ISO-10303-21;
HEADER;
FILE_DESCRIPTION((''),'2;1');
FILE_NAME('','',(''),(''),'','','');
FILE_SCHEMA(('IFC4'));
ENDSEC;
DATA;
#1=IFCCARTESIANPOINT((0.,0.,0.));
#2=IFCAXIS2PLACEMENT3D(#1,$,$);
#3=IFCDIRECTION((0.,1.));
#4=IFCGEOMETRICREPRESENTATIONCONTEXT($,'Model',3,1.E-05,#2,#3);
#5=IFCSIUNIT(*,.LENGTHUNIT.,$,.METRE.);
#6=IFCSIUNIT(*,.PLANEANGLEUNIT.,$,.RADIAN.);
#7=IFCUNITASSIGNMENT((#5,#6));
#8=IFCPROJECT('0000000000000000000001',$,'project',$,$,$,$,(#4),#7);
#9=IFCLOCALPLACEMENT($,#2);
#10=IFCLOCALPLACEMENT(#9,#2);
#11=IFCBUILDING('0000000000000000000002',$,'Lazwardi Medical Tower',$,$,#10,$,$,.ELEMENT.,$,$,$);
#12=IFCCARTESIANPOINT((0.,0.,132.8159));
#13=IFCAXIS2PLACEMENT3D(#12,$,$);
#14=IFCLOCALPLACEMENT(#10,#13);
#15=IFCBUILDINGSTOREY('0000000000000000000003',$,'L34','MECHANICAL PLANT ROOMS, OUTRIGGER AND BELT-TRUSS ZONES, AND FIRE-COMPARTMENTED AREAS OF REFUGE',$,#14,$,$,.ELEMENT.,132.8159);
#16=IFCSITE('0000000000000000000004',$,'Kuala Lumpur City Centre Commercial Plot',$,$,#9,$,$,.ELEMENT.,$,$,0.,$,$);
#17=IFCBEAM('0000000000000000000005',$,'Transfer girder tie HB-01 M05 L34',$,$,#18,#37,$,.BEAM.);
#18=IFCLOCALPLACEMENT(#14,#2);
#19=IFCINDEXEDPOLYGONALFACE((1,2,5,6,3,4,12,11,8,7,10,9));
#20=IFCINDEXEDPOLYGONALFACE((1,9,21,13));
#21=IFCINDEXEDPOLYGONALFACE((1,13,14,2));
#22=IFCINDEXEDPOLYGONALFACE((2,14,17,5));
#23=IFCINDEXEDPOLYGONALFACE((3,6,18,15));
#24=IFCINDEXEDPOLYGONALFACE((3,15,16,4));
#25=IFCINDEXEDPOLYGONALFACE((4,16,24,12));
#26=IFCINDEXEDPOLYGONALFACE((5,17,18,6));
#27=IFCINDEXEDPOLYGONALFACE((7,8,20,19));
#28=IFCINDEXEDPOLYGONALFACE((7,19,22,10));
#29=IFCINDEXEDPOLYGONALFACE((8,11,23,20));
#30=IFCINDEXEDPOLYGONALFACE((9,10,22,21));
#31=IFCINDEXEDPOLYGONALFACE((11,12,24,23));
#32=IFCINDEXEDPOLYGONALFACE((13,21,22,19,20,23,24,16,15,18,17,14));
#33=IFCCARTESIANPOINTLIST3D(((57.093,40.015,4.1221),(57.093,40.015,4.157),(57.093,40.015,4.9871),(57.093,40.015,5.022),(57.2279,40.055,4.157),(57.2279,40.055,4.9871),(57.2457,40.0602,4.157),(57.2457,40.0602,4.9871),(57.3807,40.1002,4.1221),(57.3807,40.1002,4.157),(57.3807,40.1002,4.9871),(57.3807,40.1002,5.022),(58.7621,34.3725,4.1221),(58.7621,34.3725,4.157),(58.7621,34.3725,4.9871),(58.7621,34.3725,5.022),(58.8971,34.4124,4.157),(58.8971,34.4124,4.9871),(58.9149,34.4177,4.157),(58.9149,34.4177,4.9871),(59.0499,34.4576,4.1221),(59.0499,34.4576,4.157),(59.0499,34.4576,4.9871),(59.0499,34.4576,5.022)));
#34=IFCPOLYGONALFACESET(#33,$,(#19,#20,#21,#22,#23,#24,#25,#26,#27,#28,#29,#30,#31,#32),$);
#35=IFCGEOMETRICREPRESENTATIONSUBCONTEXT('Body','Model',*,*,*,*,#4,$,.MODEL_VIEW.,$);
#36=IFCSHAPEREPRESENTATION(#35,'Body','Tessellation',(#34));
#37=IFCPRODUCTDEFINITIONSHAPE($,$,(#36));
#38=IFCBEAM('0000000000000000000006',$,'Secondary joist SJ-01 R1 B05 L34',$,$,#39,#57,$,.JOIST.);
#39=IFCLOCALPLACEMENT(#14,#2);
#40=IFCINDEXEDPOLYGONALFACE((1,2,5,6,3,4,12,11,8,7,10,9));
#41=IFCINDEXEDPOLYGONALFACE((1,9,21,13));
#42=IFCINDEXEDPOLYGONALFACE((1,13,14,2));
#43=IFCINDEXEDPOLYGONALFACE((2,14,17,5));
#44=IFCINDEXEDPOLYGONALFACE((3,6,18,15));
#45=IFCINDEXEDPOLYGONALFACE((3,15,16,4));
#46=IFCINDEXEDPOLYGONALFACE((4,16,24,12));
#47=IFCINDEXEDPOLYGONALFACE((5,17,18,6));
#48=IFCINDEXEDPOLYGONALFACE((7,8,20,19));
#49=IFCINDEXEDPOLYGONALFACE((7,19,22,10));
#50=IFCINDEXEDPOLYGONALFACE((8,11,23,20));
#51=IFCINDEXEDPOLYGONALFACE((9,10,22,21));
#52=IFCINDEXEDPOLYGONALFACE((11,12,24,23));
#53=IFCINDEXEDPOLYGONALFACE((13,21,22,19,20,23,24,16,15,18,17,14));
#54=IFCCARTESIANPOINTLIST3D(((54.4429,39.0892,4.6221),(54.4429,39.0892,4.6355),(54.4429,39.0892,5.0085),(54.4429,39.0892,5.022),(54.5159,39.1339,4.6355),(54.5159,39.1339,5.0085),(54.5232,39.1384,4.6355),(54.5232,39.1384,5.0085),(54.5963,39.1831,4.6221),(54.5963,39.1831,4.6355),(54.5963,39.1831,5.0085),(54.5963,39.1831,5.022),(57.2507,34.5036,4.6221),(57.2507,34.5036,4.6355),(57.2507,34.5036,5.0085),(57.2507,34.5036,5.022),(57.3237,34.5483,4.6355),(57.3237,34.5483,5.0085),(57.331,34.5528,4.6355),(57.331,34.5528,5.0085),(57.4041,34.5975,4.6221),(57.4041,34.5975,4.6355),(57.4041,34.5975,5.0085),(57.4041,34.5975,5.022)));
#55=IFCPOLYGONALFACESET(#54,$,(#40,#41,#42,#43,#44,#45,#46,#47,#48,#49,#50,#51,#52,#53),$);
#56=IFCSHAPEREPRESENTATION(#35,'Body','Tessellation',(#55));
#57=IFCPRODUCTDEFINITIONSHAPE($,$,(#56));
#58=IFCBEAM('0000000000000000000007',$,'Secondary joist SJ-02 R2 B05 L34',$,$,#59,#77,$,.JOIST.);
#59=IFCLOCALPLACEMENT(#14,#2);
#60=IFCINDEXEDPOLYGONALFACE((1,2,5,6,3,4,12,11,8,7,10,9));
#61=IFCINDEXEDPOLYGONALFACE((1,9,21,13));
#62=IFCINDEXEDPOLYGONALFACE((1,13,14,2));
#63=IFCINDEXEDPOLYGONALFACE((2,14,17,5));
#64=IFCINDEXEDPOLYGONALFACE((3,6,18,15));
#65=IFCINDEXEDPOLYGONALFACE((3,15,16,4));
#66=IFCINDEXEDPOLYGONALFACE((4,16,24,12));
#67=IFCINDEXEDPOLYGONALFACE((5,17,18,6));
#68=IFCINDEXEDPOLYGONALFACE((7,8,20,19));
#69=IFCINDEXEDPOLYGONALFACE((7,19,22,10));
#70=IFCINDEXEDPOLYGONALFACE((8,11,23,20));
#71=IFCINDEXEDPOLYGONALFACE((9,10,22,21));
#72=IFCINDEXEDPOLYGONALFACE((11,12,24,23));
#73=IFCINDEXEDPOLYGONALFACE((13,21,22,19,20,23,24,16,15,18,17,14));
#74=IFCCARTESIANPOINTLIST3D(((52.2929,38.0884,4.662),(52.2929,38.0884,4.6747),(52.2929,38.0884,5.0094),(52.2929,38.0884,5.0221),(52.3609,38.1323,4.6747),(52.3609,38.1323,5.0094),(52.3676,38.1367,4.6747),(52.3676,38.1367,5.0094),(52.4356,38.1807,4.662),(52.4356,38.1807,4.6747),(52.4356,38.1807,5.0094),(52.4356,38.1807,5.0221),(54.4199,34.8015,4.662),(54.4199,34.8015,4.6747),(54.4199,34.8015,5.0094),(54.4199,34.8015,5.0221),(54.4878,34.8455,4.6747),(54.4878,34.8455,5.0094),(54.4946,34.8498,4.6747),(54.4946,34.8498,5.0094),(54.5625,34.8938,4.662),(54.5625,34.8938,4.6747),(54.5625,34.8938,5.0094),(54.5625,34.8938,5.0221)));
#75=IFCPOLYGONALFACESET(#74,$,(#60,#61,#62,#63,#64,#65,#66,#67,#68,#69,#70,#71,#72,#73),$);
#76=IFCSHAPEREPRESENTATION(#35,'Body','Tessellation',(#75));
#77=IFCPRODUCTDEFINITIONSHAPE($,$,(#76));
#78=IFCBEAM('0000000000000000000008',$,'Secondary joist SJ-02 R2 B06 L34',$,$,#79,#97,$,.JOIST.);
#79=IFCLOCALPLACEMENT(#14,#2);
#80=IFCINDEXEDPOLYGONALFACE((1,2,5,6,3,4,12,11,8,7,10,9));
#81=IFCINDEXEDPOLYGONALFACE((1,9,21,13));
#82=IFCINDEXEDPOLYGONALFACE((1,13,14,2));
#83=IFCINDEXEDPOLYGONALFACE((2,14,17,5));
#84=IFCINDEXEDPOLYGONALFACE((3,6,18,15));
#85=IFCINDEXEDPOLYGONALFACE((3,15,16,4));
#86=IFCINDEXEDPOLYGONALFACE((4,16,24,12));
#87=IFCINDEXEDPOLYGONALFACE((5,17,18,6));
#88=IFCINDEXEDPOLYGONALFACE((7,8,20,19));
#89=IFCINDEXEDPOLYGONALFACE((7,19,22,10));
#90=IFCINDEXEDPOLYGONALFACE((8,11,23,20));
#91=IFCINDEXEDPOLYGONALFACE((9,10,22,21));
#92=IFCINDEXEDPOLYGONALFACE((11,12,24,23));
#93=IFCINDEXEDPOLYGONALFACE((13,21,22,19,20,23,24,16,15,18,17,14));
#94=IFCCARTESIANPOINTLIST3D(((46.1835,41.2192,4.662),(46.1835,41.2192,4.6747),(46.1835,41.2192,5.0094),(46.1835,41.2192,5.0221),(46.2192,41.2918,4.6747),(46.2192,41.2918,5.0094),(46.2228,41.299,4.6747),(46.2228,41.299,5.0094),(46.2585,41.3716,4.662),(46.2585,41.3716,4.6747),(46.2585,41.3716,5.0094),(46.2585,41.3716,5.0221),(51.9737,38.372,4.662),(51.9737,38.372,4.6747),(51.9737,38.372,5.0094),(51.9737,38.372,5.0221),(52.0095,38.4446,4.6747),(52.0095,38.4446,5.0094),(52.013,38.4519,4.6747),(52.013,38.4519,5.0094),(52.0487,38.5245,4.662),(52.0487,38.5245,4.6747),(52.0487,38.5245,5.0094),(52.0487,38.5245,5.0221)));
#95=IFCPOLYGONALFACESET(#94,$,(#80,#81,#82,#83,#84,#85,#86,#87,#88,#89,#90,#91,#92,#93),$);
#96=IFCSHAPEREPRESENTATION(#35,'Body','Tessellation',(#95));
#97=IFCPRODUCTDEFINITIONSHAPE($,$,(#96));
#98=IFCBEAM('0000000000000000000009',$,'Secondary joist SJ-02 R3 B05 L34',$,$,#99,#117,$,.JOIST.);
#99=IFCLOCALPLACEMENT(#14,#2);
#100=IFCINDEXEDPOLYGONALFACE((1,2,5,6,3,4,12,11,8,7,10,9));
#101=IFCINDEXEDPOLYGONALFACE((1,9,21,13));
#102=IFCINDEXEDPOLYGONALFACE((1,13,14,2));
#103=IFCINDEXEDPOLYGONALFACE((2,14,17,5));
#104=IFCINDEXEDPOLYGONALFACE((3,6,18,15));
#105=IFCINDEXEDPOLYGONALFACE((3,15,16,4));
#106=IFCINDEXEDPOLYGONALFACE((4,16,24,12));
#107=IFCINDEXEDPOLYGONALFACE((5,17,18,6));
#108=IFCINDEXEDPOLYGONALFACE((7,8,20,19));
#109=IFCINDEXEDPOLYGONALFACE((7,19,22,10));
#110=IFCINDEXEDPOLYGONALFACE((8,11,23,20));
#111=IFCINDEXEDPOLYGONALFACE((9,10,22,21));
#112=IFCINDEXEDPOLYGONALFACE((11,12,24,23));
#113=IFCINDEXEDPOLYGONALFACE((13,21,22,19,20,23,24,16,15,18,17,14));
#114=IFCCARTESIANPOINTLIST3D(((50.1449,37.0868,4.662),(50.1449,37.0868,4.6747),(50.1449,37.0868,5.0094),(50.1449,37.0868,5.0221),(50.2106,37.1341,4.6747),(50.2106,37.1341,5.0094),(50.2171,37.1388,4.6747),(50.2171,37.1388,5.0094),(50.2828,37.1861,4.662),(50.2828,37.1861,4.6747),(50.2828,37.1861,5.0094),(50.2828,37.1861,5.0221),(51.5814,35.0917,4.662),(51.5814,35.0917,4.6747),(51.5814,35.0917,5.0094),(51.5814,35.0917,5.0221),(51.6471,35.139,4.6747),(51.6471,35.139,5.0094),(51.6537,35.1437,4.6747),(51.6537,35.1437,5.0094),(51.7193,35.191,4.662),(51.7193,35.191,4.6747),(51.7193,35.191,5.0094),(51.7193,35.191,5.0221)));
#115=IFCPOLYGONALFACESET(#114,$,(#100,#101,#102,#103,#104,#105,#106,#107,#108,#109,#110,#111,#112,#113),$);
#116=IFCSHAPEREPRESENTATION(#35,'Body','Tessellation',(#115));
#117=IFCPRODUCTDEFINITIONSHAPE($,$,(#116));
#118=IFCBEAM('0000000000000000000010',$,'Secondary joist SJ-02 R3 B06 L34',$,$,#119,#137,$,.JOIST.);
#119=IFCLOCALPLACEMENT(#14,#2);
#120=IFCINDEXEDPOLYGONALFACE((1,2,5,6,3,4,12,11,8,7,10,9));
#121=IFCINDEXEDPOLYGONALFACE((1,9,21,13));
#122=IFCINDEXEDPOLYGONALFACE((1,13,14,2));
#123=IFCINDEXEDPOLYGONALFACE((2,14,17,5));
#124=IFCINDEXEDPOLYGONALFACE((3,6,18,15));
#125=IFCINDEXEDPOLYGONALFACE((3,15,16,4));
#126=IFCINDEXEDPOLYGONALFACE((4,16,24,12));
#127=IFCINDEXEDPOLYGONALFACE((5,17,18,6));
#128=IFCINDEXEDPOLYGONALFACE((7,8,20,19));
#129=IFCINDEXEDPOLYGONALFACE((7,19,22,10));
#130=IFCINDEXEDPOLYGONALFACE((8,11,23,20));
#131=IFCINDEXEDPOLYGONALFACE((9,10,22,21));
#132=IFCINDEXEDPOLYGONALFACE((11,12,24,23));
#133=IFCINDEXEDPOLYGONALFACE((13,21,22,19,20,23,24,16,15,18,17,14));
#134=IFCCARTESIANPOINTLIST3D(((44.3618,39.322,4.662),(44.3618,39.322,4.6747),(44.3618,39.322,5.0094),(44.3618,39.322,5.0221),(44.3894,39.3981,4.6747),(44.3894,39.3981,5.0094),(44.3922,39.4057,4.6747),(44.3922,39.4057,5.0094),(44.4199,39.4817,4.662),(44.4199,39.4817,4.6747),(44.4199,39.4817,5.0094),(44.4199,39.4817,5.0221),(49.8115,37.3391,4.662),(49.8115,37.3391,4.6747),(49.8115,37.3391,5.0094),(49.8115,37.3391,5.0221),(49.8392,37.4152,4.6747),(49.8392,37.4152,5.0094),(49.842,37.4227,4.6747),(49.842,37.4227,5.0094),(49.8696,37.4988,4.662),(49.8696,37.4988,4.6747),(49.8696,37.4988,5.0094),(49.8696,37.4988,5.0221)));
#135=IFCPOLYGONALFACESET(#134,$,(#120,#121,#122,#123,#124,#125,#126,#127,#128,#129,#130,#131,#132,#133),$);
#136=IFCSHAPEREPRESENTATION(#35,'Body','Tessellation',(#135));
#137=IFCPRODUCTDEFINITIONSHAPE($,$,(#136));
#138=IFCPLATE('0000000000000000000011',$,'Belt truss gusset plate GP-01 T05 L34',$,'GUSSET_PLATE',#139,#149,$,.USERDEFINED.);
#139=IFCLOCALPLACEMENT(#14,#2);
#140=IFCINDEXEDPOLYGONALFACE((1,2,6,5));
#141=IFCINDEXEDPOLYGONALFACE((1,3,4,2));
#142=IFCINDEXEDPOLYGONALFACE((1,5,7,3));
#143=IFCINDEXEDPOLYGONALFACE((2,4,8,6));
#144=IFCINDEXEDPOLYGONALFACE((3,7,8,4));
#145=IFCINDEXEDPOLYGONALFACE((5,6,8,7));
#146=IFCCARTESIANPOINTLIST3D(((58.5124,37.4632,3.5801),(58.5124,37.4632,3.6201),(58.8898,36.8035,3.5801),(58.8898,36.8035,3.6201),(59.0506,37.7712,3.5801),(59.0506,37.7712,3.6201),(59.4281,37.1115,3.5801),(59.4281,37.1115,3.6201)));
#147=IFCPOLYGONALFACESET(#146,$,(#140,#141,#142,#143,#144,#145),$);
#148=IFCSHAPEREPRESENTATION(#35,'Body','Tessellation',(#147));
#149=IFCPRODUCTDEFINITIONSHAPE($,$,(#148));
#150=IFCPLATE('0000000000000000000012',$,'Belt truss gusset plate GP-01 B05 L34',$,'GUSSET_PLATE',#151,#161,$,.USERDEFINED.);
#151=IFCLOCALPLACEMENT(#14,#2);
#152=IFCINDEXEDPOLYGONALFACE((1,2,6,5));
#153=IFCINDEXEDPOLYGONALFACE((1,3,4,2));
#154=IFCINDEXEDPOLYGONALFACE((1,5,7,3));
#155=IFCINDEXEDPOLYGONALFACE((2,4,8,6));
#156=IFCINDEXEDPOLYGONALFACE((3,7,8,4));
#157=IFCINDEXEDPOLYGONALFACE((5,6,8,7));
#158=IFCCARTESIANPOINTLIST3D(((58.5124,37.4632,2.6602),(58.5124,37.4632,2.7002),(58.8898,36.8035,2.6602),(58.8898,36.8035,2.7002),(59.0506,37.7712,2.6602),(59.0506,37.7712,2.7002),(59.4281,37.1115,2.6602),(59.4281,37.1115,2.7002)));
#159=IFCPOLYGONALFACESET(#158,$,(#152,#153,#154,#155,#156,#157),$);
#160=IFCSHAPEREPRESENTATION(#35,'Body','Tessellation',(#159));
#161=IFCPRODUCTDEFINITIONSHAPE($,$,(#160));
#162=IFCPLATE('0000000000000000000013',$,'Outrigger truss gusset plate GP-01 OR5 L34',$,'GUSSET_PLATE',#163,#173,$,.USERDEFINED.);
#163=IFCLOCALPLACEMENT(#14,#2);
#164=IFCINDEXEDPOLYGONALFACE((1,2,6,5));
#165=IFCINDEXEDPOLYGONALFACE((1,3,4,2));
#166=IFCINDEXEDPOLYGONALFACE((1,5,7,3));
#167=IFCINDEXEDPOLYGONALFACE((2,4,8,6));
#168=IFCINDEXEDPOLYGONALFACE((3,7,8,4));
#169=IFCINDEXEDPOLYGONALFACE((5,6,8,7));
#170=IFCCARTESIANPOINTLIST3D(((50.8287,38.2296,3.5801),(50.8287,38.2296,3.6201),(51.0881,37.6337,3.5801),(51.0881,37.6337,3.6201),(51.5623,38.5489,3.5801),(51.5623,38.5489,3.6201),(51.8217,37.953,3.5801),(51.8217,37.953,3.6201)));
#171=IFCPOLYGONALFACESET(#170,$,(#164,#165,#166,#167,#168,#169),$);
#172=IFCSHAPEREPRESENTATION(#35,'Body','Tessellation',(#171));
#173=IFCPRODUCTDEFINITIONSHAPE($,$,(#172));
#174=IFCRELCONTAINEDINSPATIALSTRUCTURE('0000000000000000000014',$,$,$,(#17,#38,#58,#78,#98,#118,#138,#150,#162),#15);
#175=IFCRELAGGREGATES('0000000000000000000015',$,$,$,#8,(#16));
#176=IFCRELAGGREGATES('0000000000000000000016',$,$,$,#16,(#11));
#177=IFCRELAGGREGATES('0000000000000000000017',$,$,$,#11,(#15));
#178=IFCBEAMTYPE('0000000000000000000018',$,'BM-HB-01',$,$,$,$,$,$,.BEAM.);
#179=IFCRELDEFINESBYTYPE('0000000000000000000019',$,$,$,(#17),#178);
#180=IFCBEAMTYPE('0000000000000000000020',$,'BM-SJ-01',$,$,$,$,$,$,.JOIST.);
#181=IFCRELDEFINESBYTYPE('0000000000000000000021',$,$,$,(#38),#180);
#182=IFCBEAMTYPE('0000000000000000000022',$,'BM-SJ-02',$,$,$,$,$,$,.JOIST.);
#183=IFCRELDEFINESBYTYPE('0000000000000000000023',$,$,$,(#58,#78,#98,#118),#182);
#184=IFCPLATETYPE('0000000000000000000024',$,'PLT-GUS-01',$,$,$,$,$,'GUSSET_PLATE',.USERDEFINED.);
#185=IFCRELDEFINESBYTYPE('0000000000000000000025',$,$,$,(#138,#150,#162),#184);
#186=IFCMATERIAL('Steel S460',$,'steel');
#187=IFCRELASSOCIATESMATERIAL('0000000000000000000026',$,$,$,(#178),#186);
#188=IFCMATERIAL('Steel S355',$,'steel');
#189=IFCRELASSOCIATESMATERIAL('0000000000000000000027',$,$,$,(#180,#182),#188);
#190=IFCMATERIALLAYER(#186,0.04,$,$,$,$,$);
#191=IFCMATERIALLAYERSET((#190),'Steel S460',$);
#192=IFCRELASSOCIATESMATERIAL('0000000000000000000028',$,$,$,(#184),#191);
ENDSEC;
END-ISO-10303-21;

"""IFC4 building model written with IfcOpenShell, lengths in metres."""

from ifc_helpers import new_model, si_unit, direction, frame, origin, origin_2d, place, context, subcontext, project, spatial, rectangle, i_section, extrude, material, layer, layer_set, material_profile, profile_set, type_object, element, save


model = new_model("IFC4")

# Units and contexts
model_context = context("Model", 3, precision=1e-05, world=origin(), true_north=direction((0.0, 1.0)))
body_context = subcontext(model_context, "Body", "Model", "MODEL_VIEW")
ifc_project = project(units=[si_unit("LENGTHUNIT", "METRE"), si_unit("PLANEANGLEUNIT", "RADIAN")], contexts=[model_context])

# Site, building, storey
site_placement = place(None, origin())
site = spatial("IfcSite", under=ifc_project, at=site_placement, Name="Kuala Lumpur City Centre Commercial Plot", CompositionType="ELEMENT", RefElevation=0.0)
building_placement = place(site_placement, origin())
building = spatial("IfcBuilding", under=site, at=building_placement, Name="Lazwardi Medical Tower", CompositionType="ELEMENT")
storey_placement = place(building_placement, frame((0.0, 0.0, 132.8159)))
storey = spatial("IfcBuildingStorey", under=building, at=storey_placement, Name="L34", Description="MECHANICAL PLANT ROOMS, OUTRIGGER AND BELT-TRUSS ZONES, AND FIRE-COMPARTMENTED AREAS OF REFUGE", CompositionType="ELEMENT", Elevation=132.8159)

# Beams
ifc_material_1 = material(Name="Steel S460", Category="steel")
ifc_material_profile_1 = material_profile(ifc_material_1, i_section(OverallWidth=0.3, OverallDepth=0.8999, WebThickness=0.0186, FlangeThickness=0.0349, at=origin_2d()), Name="HEB 900")
ifc_profile_set_1 = profile_set([ifc_material_profile_1], Name="Steel S460")
beam_type_1 = type_object("IfcBeamType", Name="BM-HB-01", PredefinedType="BEAM", material=ifc_profile_set_1)
beam_1_placement = place(storey_placement, frame((58.906, 34.415, 4.572), z_axis=(-0.283669, 0.958922, 0.0), x_axis=(-0.958922, -0.283669, 0.0)))
element("IfcBeam", 1, at=beam_1_placement, inside=storey, type_object=beam_type_1, Name="Transfer girder tie HB-01 M05 L34", PredefinedType="BEAM", context=body_context, shape_type="SweptSolid", body=[
    extrude(i_section(OverallWidth=0.3, OverallDepth=0.8999, WebThickness=0.0186, FlangeThickness=0.0349, at=origin_2d()), origin(), (0.0, 0.0, 1.0), 5.8843),
])
ifc_material_2 = material(Name="Steel S355", Category="steel")
ifc_material_profile_2 = material_profile(ifc_material_2, i_section(OverallWidth=0.1799, OverallDepth=0.3999, WebThickness=0.0085, FlangeThickness=0.0134, at=origin_2d()), Name="IPE 400")
ifc_profile_set_2 = profile_set([ifc_material_profile_2], Name="Steel S355")
beam_type_2 = type_object("IfcBeamType", Name="BM-SJ-01", PredefinedType="JOIST", material=ifc_profile_set_2)
beam_2_placement = place(storey_placement, frame((57.3274, 34.5505, 4.822), z_axis=(-0.522194, 0.852827, 0.0), x_axis=(-0.852827, -0.522194, 0.0)))
element("IfcBeam", 2, at=beam_2_placement, inside=storey, type_object=beam_type_2, Name="Secondary joist SJ-01 R1 B05 L34", PredefinedType="JOIST", context=body_context, shape_type="SweptSolid", body=[
    extrude(i_section(OverallWidth=0.1799, OverallDepth=0.3999, WebThickness=0.0085, FlangeThickness=0.0134, at=origin_2d()), origin(), (0.0, 0.0, 1.0), 5.377),
])
ifc_material_profile_3 = material_profile(ifc_material_2, i_section(OverallWidth=0.1699, OverallDepth=0.3601, WebThickness=0.0081, FlangeThickness=0.0127, at=origin_2d()), Name="IPE 360")
ifc_profile_set_3 = profile_set([ifc_material_profile_3], Name="Steel S355")
beam_type_3 = type_object("IfcBeamType", Name="BM-SJ-02", PredefinedType="JOIST", material=ifc_profile_set_3)
beam_3_placement = place(storey_placement, frame((54.4912, 34.8477, 4.842), z_axis=(-0.54328, 0.839552, 0.0), x_axis=(-0.839552, -0.54328, 0.0)))
element("IfcBeam", 3, at=beam_3_placement, inside=storey, type_object=beam_type_3, Name="Secondary joist SJ-02 R2 B05 L34", PredefinedType="JOIST", context=body_context, shape_type="SweptSolid", body=[
    extrude(i_section(OverallWidth=0.1699, OverallDepth=0.3601, WebThickness=0.0081, FlangeThickness=0.0127, at=origin_2d()), origin(), (0.0, 0.0, 1.0), 3.915),
])
beam_4_placement = place(storey_placement, frame((52.0112, 38.4482, 4.842), z_axis=(-0.897381, 0.441256, 0.0), x_axis=(-0.441256, -0.897381, 0.0)))
element("IfcBeam", 4, at=beam_4_placement, inside=storey, type_object=beam_type_3, Name="Secondary joist SJ-02 R2 B06 L34", PredefinedType="JOIST", context=body_context, shape_type="SweptSolid", body=[
    extrude(i_section(OverallWidth=0.1699, OverallDepth=0.3601, WebThickness=0.0081, FlangeThickness=0.0127, at=origin_2d()), origin(), (0.0, 0.0, 1.0), 6.4524),
])
beam_5_placement = place(storey_placement, frame((51.6504, 35.1414, 4.842), z_axis=(-0.584315, 0.811527, 0.0), x_axis=(-0.811527, -0.584315, 0.0)))
element("IfcBeam", 5, at=beam_5_placement, inside=storey, type_object=beam_type_3, Name="Secondary joist SJ-02 R3 B05 L34", PredefinedType="JOIST", context=body_context, shape_type="SweptSolid", body=[
    extrude(i_section(OverallWidth=0.1699, OverallDepth=0.3601, WebThickness=0.0081, FlangeThickness=0.0127, at=origin_2d()), origin(), (0.0, 0.0, 1.0), 2.4585),
])
beam_6_placement = place(storey_placement, frame((49.8406, 37.4189, 4.842), z_axis=(-0.939727, 0.341926, 0.0), x_axis=(-0.341926, -0.939727, 0.0)))
element("IfcBeam", 6, at=beam_6_placement, inside=storey, type_object=beam_type_3, Name="Secondary joist SJ-02 R3 B06 L34", PredefinedType="JOIST", context=body_context, shape_type="SweptSolid", body=[
    extrude(i_section(OverallWidth=0.1699, OverallDepth=0.3601, WebThickness=0.0081, FlangeThickness=0.0127, at=origin_2d()), origin(), (0.0, 0.0, 1.0), 5.7993),
])

# Plates
ifc_layer_1 = layer(ifc_material_1, 0.04)
ifc_layer_set_1 = layer_set([ifc_layer_1], Name="Steel S460")
plate_type = type_object("IfcPlateType", Name="PLT-GUS-01", ElementType="GUSSET_PLATE", PredefinedType="USERDEFINED", material=ifc_layer_set_1)
for number, where, z_axis, x_axis, name in (
    (7, (58.9702, 37.2874, 3.5801), (0.0, 0.0, 1.0), (-0.496671, 0.867939, 0.0), "Belt truss gusset plate GP-01 T05 L34"),
    (8, (58.9702, 37.2874, 2.6602), (0.0, 0.0, 1.0), (-0.496671, 0.867939, 0.0), "Belt truss gusset plate GP-01 B05 L34"),
):
    element("IfcPlate", number, at=place(storey_placement, frame(where, z_axis=z_axis, x_axis=x_axis)), inside=storey, type_object=plate_type, Name=name, ObjectType="GUSSET_PLATE", PredefinedType="USERDEFINED", context=body_context, shape_type="SweptSolid", body=[
        extrude(rectangle(XDim=0.76, YDim=0.6201, at=origin_2d()), origin(), (0.0, 0.0, 1.0), 0.04),
    ])
plate_placement = place(storey_placement, frame((51.3252, 38.0913, 3.5801), z_axis=(0.0, 0.0, 1.0), x_axis=(0.916921, 0.399069, 0.0)))
element("IfcPlate", 9, at=plate_placement, inside=storey, type_object=plate_type, Name="Outrigger truss gusset plate GP-01 OR5 L34", ObjectType="GUSSET_PLATE", PredefinedType="USERDEFINED", context=body_context, shape_type="SweptSolid", body=[
    extrude(rectangle(XDim=0.8, YDim=0.6499, at=origin_2d()), origin(), (0.0, 0.0, 1.0), 0.04),
])

save(model, "model.ifc")
